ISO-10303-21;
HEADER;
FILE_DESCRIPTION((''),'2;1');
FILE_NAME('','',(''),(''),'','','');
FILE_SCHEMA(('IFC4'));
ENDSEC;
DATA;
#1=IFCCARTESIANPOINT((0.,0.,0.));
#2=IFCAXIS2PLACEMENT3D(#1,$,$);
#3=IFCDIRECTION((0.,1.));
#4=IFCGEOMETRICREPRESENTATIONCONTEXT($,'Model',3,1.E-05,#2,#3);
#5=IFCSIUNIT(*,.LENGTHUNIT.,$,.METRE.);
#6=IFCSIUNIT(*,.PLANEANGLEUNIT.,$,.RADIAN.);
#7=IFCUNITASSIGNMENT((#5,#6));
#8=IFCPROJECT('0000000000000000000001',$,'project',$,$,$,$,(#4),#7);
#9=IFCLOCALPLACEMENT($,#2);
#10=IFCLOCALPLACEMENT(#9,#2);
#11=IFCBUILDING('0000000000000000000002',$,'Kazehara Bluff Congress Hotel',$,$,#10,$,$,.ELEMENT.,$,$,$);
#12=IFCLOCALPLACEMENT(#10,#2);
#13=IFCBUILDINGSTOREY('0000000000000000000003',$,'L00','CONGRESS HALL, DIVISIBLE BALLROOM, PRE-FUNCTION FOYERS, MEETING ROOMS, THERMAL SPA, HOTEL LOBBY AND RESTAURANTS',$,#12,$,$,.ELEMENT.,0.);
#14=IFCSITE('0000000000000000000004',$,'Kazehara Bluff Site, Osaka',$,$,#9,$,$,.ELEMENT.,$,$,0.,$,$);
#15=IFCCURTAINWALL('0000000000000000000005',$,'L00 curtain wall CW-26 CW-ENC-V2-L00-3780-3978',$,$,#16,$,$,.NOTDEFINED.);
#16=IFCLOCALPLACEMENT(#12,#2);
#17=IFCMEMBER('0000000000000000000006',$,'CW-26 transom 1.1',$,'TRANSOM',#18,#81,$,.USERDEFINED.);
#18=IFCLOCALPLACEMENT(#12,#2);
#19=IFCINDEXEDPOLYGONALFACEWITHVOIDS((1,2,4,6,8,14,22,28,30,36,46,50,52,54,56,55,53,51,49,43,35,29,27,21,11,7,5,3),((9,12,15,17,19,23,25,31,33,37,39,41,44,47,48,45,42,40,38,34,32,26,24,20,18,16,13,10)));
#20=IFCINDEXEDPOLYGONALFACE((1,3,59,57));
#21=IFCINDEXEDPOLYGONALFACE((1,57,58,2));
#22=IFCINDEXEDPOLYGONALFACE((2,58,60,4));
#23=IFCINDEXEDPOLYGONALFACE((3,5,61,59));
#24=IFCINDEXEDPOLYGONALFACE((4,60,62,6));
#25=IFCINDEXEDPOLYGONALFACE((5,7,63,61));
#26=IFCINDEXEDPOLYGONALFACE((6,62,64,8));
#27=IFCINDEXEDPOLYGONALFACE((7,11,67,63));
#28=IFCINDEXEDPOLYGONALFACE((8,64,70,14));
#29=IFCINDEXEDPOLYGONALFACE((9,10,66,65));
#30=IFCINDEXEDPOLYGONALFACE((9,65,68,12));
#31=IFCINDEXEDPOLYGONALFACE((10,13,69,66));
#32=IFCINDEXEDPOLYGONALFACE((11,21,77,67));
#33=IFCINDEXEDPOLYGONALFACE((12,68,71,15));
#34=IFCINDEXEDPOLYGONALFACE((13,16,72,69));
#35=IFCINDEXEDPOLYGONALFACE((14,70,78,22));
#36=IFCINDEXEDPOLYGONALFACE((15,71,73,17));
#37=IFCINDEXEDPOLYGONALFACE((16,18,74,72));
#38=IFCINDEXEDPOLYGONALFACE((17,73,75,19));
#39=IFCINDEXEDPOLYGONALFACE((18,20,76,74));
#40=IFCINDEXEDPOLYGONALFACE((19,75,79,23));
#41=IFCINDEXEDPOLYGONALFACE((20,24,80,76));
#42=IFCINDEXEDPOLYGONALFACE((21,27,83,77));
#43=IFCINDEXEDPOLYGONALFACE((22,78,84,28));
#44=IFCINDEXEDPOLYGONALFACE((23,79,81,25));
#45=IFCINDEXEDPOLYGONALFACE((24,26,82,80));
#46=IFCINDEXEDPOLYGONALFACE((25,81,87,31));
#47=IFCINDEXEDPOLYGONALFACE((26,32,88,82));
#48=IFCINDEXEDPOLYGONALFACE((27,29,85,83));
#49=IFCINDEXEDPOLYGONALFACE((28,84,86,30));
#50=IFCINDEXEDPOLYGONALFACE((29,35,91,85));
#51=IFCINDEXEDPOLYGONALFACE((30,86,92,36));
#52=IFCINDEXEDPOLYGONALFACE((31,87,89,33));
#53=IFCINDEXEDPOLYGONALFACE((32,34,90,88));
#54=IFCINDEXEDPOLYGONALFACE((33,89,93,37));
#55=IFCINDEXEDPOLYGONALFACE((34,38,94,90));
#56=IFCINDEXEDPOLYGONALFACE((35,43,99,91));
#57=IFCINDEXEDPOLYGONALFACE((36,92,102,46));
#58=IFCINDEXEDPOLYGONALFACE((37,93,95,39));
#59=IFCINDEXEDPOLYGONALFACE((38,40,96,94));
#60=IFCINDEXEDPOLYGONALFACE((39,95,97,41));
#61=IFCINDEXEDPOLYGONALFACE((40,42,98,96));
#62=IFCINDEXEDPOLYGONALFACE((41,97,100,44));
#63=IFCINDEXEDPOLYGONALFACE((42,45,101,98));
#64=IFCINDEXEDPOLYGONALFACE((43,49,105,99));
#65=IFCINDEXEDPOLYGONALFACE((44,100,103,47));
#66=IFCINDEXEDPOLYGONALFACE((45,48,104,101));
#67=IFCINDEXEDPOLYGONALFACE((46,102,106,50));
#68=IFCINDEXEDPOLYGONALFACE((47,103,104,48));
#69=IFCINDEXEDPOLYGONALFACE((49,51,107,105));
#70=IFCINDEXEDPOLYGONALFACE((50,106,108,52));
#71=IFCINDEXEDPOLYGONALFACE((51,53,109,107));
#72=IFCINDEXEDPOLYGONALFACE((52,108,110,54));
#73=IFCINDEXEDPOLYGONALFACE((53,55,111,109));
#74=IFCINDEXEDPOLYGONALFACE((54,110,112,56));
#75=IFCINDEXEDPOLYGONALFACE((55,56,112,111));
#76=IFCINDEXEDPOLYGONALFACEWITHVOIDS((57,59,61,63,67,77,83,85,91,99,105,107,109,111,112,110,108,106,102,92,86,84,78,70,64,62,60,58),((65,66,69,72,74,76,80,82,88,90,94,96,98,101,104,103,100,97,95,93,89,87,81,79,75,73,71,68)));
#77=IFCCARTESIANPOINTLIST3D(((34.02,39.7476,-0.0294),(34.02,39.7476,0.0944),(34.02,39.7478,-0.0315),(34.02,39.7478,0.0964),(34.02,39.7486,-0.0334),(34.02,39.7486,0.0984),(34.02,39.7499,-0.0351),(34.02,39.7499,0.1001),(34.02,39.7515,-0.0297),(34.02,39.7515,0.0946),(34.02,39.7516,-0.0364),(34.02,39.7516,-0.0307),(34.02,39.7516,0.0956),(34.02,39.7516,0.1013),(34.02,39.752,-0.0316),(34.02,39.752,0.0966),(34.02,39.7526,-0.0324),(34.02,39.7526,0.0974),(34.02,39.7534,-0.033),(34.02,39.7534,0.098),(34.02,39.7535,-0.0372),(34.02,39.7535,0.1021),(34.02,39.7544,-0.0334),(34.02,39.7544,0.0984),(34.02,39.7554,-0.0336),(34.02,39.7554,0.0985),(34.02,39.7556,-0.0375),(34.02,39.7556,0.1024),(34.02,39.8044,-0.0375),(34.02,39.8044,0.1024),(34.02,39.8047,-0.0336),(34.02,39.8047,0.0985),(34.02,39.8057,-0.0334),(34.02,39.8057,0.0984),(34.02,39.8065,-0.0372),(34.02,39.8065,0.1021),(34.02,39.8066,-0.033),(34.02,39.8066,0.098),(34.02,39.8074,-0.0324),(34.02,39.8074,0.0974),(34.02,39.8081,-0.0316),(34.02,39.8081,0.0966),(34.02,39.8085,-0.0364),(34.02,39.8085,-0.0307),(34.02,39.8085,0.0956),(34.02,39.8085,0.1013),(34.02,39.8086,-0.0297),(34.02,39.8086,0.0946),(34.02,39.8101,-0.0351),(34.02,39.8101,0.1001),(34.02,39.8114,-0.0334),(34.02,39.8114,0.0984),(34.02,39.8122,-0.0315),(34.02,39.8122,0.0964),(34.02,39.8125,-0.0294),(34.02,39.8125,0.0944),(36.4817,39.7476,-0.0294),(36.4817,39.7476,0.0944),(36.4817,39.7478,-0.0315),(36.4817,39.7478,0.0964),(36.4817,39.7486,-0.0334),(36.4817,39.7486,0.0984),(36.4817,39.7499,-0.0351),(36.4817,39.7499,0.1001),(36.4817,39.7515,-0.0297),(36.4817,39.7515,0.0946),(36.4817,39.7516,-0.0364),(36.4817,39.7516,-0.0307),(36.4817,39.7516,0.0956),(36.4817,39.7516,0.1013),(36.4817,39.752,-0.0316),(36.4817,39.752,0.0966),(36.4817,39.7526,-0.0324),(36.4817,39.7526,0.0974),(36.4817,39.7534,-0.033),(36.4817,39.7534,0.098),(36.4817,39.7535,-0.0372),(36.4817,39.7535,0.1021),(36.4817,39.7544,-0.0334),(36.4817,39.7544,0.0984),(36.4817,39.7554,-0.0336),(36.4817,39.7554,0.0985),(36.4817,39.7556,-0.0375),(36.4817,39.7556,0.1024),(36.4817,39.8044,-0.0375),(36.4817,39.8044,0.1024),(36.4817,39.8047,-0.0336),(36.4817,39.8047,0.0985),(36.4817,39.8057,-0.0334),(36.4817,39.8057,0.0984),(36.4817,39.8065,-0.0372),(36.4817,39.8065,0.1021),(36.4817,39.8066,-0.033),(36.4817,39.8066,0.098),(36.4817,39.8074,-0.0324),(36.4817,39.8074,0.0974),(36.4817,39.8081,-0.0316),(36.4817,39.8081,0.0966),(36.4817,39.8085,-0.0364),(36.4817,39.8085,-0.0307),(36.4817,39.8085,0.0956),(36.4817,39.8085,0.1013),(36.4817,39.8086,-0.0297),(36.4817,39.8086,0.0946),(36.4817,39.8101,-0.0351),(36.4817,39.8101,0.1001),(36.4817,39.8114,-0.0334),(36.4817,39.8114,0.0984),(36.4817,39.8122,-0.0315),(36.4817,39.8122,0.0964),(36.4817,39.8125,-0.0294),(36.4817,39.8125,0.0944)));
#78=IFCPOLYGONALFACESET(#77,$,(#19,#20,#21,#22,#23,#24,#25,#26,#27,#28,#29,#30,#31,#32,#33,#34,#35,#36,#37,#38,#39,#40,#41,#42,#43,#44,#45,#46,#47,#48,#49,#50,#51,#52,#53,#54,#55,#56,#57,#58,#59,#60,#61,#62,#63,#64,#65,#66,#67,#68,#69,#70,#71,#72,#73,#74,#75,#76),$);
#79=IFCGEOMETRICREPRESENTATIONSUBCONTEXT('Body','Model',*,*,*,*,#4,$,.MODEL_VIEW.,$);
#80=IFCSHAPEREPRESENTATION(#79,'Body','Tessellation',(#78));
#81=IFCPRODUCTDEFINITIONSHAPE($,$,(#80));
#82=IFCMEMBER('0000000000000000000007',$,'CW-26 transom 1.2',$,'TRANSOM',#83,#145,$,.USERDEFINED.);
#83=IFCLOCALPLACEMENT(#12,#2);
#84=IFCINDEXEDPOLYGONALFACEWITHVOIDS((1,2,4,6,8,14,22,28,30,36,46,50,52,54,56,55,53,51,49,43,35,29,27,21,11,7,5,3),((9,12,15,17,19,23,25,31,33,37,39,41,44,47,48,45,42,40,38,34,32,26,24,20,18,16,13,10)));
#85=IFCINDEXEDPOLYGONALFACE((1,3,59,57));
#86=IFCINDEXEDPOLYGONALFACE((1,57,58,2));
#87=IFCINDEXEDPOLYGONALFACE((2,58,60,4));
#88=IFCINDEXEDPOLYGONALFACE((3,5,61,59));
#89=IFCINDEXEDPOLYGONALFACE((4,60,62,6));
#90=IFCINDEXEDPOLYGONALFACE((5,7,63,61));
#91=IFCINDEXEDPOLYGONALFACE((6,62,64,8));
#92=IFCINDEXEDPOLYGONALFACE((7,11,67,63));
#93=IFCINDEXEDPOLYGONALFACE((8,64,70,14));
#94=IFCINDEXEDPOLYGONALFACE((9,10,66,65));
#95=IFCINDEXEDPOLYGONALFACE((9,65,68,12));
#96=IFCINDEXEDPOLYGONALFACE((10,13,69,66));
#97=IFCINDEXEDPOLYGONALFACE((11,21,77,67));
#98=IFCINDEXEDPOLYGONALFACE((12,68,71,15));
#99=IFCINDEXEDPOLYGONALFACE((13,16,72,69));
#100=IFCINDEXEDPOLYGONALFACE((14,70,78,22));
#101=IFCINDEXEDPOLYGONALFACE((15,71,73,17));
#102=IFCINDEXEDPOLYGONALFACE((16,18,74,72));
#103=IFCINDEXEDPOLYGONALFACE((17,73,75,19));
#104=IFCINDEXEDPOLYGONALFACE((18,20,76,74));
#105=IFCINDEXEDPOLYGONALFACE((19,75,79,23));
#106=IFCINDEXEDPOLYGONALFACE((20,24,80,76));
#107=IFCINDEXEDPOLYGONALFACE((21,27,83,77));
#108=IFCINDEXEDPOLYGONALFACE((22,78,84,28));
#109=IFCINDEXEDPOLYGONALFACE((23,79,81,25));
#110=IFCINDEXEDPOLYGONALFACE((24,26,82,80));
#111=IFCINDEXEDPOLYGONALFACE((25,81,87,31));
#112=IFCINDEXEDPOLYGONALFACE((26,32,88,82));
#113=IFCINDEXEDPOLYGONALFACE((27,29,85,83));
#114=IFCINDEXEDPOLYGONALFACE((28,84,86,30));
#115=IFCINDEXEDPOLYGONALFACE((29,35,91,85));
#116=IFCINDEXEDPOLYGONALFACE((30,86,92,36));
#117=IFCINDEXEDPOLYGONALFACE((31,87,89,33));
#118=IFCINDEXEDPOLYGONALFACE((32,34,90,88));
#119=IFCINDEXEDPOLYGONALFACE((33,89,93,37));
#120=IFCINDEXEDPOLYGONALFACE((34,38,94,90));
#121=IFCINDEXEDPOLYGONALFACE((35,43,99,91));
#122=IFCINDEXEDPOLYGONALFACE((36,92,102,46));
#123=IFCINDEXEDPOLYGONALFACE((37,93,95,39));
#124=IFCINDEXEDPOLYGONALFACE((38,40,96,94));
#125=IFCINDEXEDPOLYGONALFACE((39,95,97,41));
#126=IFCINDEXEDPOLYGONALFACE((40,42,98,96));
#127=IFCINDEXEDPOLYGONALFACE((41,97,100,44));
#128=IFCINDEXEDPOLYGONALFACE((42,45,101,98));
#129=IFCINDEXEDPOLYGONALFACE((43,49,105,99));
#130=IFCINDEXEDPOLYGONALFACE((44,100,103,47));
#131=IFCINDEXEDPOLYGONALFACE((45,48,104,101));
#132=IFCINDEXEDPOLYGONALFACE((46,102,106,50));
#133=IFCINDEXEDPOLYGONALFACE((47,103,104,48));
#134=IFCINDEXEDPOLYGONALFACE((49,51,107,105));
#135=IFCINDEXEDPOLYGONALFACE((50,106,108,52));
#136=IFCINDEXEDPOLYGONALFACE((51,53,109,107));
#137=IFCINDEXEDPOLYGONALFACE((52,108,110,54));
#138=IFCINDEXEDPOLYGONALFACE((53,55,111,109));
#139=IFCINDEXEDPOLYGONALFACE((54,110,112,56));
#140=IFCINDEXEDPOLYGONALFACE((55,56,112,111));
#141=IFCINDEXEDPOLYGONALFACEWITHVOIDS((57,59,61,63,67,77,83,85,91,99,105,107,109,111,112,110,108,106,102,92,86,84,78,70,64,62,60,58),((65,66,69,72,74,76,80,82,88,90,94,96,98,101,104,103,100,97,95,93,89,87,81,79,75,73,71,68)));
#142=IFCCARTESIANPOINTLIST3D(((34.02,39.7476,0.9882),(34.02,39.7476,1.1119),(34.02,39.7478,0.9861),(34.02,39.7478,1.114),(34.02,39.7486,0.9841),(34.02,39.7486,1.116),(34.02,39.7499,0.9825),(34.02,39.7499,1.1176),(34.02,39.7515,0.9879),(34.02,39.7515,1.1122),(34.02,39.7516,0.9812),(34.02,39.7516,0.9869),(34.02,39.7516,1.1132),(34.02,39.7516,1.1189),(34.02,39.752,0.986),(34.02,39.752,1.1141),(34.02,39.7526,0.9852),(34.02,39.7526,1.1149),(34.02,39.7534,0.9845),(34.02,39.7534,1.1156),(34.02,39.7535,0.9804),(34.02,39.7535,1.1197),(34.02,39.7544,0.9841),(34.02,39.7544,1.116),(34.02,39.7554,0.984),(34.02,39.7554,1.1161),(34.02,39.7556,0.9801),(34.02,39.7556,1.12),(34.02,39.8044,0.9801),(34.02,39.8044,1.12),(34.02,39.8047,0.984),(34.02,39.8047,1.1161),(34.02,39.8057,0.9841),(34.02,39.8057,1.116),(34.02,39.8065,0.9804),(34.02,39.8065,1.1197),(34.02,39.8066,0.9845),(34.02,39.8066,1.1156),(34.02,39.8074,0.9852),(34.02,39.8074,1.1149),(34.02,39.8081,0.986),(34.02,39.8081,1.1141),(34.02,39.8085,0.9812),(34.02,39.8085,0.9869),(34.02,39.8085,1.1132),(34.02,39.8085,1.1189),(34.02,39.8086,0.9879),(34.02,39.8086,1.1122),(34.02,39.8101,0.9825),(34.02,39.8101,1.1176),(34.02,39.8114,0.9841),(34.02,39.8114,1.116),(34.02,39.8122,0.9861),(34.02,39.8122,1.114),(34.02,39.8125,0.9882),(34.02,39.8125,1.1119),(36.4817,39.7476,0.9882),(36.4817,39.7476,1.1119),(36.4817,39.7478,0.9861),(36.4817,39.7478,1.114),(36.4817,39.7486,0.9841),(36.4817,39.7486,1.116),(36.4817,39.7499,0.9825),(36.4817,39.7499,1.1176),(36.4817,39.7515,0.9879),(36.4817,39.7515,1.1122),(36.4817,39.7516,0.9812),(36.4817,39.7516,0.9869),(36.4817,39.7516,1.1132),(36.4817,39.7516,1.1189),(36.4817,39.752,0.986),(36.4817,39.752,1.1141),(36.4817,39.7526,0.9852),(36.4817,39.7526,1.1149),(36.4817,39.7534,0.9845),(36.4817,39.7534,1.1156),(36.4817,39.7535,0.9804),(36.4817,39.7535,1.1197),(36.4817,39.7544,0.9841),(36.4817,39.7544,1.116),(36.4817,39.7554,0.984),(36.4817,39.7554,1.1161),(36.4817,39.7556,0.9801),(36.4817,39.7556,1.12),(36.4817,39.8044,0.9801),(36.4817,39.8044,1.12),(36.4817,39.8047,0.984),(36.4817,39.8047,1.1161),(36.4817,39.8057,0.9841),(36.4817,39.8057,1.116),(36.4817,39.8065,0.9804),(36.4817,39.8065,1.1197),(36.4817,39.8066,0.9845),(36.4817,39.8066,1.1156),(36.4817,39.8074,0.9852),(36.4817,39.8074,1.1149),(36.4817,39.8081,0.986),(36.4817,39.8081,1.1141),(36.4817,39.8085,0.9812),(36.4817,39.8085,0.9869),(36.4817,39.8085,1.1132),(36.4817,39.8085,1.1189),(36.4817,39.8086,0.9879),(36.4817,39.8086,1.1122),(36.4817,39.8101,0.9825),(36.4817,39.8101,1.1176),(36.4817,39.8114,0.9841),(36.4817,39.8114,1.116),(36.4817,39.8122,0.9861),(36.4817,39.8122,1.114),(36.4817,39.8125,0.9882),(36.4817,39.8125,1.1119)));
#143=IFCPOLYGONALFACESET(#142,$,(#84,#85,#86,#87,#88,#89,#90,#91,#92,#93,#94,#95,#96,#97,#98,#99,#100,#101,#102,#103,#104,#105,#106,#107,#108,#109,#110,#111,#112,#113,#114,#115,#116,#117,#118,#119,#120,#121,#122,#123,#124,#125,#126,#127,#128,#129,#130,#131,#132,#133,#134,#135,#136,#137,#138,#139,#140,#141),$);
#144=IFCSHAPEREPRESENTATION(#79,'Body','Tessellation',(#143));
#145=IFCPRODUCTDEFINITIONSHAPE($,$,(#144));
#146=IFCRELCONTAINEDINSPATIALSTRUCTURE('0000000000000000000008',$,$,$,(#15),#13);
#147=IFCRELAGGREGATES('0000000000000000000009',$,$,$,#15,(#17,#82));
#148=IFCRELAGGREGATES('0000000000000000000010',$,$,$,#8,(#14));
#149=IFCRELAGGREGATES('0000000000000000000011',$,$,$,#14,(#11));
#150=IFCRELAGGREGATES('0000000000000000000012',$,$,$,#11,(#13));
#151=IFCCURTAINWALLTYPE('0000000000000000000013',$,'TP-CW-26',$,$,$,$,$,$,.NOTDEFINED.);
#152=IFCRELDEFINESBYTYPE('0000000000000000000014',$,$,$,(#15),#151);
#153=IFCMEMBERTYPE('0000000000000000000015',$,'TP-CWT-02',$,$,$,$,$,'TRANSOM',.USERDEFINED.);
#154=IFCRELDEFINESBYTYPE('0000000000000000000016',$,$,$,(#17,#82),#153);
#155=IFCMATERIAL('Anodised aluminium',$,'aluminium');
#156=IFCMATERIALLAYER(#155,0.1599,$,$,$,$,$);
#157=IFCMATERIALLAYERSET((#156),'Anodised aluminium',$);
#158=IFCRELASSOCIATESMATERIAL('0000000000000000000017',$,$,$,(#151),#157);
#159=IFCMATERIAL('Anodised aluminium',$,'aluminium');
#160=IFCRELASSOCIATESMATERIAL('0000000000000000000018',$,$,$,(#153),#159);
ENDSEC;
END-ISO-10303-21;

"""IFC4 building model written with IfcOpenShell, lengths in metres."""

from ifc_helpers import new_model, si_unit, direction, frame, origin, origin_2d, place, context, subcontext, project, spatial, hollow_rectangle, extrude, material, layer, layer_set, material_profile, profile_set, type_object, element, aggregate, save


model = new_model("IFC4")

# Units and contexts
model_context = context("Model", 3, precision=1e-05, world=origin(), true_north=direction((0.0, 1.0)))
body_context = subcontext(model_context, "Body", "Model", "MODEL_VIEW")
ifc_project = project(units=[si_unit("LENGTHUNIT", "METRE"), si_unit("PLANEANGLEUNIT", "RADIAN")], contexts=[model_context])

# Site, building, storey
site_placement = place(None, origin())
site = spatial("IfcSite", under=ifc_project, at=site_placement, Name="Kazehara Bluff Site, Osaka", CompositionType="ELEMENT", RefElevation=0.0)
building_placement = place(site_placement, origin())
building = spatial("IfcBuilding", under=site, at=building_placement, Name="Kazehara Bluff Congress Hotel", CompositionType="ELEMENT")
storey_placement = place(building_placement, origin())
storey = spatial("IfcBuildingStorey", under=building, at=storey_placement, Name="L00", Description="CONGRESS HALL, DIVISIBLE BALLROOM, PRE-FUNCTION FOYERS, MEETING ROOMS, THERMAL SPA, HOTEL LOBBY AND RESTAURANTS", CompositionType="ELEMENT", Elevation=0.0)

# Shared definitions
ifc_material_1 = material(Name="Anodised aluminium", Category="aluminium")
ifc_layer_1 = layer(ifc_material_1, 0.1599)
ifc_layer_set_1 = layer_set([ifc_layer_1], Name="Anodised aluminium")
curtain_wall_type = type_object("IfcCurtainWallType", Name="TP-CW-26", PredefinedType="NOTDEFINED", material=ifc_layer_set_1)

# Curtain wall, members
curtain_wall_1_placement = place(storey_placement, origin())
curtain_wall_1 = element("IfcCurtainWall", 1, at=curtain_wall_1_placement, inside=storey, type_object=curtain_wall_type, Name="L00 curtain wall CW-26 CW-ENC-V2-L00-3780-3978", PredefinedType="NOTDEFINED")
ifc_material_2 = material(Name="Anodised aluminium", Category="aluminium")
ifc_material_profile_1 = material_profile(ifc_material_2, hollow_rectangle(XDim=0.0649, YDim=0.1399, WallThickness=0.0039, InnerFilletRadius=0.0039, OuterFilletRadius=0.0081, at=origin_2d()))
ifc_profile_set_1 = profile_set([ifc_material_profile_1], Name="Anodised aluminium")
member_type_1 = type_object("IfcMemberType", Name="TP-CWT-02", ElementType="TRANSOM", PredefinedType="USERDEFINED", material=ifc_profile_set_1)
member_1_placement = place(storey_placement, frame((34.02, 39.78, 0.0325), z_axis=(1.0, 0.0, 0.0), x_axis=(0.0, 1.0, 0.0)))
member_1 = element("IfcMember", 2, at=member_1_placement, type_object=member_type_1, Name="CW-26 transom 1.1", ObjectType="TRANSOM", PredefinedType="USERDEFINED", context=body_context, shape_type="SweptSolid", body=[
    extrude(hollow_rectangle(XDim=0.0649, YDim=0.1399, WallThickness=0.0039, InnerFilletRadius=0.0039, OuterFilletRadius=0.0081, at=origin_2d()), origin(), (0.0, 0.0, 1.0), 2.4617),
])
member_2_placement = place(storey_placement, frame((34.02, 39.78, 1.05), z_axis=(1.0, 0.0, 0.0), x_axis=(0.0, 1.0, 0.0)))
member_2 = element("IfcMember", 3, at=member_2_placement, type_object=member_type_1, Name="CW-26 transom 1.2", ObjectType="TRANSOM", PredefinedType="USERDEFINED", context=body_context, shape_type="SweptSolid", body=[
    extrude(hollow_rectangle(XDim=0.0649, YDim=0.1399, WallThickness=0.0039, InnerFilletRadius=0.0039, OuterFilletRadius=0.0081, at=origin_2d()), origin(), (0.0, 0.0, 1.0), 2.4617),
])

aggregate(curtain_wall_1, [member_1, member_2])

save(model, "model.ifc")
